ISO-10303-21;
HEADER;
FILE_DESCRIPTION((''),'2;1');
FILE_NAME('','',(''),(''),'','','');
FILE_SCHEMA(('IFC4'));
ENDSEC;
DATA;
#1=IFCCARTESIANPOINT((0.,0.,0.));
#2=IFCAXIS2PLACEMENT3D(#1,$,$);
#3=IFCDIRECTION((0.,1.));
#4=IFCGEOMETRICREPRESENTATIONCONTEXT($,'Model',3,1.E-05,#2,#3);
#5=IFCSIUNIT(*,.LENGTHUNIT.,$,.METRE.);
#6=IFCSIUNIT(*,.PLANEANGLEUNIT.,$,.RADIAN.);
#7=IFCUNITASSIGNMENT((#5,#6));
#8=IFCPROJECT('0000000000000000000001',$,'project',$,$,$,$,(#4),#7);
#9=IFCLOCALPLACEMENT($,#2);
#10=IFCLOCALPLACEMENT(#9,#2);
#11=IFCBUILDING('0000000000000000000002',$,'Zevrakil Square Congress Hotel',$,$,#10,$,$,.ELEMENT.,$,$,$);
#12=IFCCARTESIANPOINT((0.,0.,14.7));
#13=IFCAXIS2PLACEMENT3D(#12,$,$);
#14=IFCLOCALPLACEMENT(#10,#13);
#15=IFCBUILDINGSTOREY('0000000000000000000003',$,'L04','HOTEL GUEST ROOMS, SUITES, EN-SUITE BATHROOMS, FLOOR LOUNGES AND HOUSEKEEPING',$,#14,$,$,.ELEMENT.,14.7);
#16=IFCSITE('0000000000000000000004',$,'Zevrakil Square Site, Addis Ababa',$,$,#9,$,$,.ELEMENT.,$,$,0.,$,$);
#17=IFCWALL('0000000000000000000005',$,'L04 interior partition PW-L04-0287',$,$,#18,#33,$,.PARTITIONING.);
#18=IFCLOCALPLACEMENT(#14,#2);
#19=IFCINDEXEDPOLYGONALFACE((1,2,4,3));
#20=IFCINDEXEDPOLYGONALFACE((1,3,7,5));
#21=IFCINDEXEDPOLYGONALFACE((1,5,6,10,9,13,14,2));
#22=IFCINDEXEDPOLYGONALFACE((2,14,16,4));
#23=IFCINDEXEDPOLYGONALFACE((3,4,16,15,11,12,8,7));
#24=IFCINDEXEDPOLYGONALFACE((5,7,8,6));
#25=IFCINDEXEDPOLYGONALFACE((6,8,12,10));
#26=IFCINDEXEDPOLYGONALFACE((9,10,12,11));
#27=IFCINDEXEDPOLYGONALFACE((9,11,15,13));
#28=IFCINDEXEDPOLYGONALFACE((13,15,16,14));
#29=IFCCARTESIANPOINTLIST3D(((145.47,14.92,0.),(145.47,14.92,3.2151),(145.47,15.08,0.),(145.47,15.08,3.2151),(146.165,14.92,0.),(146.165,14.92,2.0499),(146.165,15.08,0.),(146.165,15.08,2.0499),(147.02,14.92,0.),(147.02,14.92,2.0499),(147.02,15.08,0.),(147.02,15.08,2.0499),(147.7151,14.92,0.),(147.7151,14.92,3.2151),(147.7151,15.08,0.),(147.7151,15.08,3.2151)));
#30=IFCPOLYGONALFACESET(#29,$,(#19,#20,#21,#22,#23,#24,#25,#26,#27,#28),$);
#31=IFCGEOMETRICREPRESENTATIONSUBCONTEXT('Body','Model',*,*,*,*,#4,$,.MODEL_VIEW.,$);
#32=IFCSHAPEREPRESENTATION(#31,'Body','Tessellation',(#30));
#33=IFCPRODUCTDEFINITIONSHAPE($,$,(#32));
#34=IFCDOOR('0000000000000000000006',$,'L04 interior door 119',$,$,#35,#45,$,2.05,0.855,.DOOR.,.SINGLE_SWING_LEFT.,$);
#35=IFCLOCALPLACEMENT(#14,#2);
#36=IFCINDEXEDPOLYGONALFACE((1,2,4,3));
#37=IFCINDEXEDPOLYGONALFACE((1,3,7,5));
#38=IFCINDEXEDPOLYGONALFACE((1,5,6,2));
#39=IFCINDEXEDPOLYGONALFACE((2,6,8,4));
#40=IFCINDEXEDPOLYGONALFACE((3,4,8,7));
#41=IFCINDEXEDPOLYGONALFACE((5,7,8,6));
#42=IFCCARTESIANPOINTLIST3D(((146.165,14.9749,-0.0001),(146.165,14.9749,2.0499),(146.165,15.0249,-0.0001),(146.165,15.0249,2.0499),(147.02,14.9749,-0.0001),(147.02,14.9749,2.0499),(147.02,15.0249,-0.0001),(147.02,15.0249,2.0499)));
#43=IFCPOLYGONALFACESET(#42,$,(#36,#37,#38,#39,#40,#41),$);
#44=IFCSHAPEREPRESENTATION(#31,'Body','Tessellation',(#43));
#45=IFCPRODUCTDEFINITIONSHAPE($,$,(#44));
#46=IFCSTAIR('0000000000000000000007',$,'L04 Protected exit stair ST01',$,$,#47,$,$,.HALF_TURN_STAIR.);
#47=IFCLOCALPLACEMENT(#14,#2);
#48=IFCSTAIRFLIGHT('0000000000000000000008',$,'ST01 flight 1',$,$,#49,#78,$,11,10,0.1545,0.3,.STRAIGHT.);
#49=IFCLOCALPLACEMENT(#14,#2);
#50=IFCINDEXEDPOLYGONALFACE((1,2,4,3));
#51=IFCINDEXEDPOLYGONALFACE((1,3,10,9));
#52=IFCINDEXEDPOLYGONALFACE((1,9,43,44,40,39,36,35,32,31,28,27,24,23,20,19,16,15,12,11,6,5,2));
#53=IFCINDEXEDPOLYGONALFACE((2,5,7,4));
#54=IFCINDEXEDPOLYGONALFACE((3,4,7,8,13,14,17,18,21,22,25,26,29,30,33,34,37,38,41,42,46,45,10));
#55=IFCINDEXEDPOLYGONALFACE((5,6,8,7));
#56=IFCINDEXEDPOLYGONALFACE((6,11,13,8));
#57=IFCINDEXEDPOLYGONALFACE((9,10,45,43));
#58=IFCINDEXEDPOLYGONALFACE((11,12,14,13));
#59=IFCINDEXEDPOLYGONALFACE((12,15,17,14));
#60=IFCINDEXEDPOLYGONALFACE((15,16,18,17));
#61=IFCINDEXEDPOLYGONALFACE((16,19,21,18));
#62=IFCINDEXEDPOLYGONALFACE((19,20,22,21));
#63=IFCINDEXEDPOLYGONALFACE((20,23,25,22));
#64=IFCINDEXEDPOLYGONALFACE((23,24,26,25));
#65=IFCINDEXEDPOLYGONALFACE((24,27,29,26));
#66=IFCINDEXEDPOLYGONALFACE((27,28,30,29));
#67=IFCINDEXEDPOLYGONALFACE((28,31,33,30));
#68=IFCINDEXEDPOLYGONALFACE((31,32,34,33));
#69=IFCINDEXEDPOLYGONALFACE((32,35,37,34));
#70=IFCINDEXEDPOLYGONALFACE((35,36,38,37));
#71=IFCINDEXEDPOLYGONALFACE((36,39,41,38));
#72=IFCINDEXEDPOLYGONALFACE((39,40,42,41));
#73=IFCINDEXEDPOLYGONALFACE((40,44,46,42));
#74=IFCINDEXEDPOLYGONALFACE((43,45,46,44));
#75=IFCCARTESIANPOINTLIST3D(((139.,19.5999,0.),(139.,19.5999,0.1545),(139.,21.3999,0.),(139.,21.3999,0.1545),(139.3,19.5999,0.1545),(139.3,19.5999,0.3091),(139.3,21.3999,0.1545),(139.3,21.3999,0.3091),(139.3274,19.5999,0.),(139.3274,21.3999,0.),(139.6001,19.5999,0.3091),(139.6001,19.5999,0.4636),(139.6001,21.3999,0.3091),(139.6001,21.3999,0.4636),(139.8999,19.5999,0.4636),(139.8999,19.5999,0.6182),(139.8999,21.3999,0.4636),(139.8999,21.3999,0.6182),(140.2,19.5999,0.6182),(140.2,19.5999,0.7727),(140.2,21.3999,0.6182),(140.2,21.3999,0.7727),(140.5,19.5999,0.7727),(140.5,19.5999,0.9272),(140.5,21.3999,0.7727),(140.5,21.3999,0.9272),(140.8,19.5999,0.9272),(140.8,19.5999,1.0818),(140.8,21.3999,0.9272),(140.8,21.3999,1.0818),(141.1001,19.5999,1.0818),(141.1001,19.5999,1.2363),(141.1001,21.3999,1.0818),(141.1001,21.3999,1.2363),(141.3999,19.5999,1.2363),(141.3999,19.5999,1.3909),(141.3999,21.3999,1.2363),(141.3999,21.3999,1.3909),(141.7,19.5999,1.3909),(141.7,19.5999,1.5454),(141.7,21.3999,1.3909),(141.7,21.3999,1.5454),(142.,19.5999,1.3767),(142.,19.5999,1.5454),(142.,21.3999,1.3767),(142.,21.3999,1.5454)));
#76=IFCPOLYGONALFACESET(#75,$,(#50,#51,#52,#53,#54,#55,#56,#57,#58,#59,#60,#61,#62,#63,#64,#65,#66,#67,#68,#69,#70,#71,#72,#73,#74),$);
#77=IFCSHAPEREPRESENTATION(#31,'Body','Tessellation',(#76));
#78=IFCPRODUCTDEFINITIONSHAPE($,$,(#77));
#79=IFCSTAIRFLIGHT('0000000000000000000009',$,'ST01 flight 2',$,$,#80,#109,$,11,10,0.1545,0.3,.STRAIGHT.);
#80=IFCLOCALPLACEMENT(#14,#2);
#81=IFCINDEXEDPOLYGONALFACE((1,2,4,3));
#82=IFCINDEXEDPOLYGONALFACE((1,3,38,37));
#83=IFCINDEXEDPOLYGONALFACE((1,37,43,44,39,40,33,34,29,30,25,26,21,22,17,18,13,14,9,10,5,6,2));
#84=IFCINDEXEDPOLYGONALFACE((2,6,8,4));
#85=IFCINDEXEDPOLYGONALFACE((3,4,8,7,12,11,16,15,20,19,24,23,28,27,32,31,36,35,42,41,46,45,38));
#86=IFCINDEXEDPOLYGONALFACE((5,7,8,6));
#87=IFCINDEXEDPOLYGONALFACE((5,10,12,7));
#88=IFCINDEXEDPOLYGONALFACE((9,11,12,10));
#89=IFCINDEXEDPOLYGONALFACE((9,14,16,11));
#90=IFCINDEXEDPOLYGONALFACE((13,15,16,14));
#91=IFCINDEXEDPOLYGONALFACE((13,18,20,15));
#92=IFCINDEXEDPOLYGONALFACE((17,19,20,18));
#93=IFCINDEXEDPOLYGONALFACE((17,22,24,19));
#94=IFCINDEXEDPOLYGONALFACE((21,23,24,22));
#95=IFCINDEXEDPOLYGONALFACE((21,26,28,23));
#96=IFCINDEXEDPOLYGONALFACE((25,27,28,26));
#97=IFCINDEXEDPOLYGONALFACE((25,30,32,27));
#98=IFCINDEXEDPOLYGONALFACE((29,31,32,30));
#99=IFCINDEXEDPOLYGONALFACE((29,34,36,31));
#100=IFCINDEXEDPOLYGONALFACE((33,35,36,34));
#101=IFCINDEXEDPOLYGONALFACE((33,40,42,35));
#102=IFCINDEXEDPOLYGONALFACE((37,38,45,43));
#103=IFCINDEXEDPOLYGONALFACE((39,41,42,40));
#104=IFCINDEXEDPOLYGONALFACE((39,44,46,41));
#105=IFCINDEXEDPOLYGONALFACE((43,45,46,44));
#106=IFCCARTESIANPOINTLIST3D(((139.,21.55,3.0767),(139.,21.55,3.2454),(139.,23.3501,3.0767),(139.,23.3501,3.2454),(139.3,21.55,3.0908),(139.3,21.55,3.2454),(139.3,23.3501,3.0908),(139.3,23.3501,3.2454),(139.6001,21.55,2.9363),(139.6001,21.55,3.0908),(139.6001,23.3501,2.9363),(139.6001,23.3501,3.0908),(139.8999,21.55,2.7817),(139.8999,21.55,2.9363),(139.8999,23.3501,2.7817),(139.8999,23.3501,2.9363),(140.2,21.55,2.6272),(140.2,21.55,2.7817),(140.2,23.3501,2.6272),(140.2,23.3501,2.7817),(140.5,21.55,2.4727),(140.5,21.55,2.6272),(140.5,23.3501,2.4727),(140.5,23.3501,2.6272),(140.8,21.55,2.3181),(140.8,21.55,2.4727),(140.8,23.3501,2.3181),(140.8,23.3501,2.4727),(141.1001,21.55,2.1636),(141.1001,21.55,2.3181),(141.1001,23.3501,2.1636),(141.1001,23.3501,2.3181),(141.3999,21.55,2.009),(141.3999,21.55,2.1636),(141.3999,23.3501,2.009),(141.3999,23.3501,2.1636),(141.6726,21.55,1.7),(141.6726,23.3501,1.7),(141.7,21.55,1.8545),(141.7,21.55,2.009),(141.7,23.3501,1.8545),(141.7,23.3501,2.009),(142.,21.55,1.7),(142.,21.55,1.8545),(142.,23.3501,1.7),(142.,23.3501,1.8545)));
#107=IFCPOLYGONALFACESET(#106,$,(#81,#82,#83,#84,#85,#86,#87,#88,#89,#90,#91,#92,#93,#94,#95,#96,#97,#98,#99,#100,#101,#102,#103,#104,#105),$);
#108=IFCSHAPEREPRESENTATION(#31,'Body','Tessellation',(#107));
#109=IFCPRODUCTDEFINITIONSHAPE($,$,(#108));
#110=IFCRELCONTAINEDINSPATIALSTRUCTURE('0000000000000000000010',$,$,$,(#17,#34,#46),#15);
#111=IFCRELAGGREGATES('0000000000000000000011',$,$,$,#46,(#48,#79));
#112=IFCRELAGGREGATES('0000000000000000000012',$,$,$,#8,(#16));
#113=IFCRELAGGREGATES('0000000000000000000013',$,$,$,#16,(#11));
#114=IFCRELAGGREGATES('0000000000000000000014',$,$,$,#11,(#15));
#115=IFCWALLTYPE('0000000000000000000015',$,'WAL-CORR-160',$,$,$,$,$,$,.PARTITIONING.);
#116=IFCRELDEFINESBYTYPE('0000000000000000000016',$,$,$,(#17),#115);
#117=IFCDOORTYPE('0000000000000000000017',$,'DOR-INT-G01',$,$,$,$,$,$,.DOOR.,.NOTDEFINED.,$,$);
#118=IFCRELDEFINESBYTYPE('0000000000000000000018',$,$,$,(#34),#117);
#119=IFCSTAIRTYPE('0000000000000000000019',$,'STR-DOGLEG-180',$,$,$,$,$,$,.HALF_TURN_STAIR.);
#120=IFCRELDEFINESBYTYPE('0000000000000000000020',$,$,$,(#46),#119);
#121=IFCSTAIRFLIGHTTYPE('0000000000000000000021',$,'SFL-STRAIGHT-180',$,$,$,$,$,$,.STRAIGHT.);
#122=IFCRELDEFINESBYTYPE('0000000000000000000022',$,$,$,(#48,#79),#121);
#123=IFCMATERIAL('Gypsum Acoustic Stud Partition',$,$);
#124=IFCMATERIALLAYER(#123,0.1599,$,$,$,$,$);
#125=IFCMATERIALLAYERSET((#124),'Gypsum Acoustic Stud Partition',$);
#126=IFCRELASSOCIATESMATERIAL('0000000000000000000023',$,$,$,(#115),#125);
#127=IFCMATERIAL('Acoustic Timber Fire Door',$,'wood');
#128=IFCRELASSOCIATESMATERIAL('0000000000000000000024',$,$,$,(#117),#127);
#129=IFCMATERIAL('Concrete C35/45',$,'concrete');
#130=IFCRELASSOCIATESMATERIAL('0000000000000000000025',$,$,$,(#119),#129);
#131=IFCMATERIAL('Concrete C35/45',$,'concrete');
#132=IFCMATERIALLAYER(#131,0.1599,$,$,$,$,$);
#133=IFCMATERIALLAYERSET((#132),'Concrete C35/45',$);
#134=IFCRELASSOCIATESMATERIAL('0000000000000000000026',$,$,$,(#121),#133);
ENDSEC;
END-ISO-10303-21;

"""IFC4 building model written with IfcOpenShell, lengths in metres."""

from ifc_helpers import new_model, si_unit, direction, frame, frame_2d, origin, place, context, subcontext, project, spatial, polyline, rectangle, outline, extrude, material, layer, layer_set, type_object, element, fill, aggregate, save


model = new_model("IFC4")

# Units and contexts
model_context = context("Model", 3, precision=1e-05, world=origin(), true_north=direction((0.0, 1.0)))
body_context = subcontext(model_context, "Body", "Model", "MODEL_VIEW")
ifc_project = project(units=[si_unit("LENGTHUNIT", "METRE"), si_unit("PLANEANGLEUNIT", "RADIAN")], contexts=[model_context])

# Site, building, storey
site_placement = place(None, origin())
site = spatial("IfcSite", under=ifc_project, at=site_placement, Name="Zevrakil Square Site, Addis Ababa", CompositionType="ELEMENT", RefElevation=0.0)
building_placement = place(site_placement, origin())
building = spatial("IfcBuilding", under=site, at=building_placement, Name="Zevrakil Square Congress Hotel", CompositionType="ELEMENT")
storey_placement = place(building_placement, frame((0.0, 0.0, 14.7)))
storey = spatial("IfcBuildingStorey", under=building, at=storey_placement, Name="L04", Description="HOTEL GUEST ROOMS, SUITES, EN-SUITE BATHROOMS, FLOOR LOUNGES AND HOUSEKEEPING", CompositionType="ELEMENT", Elevation=14.7)

# Shared definitions
ifc_material_1 = material(Name="Gypsum Acoustic Stud Partition")
ifc_layer_1 = layer(ifc_material_1, 0.1599)
ifc_layer_set_1 = layer_set([ifc_layer_1], Name="Gypsum Acoustic Stud Partition")
wall_type = type_object("IfcWallType", Name="WAL-CORR-160", PredefinedType="PARTITIONING", material=ifc_layer_set_1)

# Wall, opening, door
wall_1_placement = place(storey_placement, frame((145.47, 15.0, 0.0), z_axis=(0.0, 0.0, 1.0), x_axis=(1.0, 0.0, 0.0)))
wall_1 = element("IfcWall", 1, at=wall_1_placement, inside=storey, type_object=wall_type, Name="L04 interior partition PW-L04-0287", PredefinedType="PARTITIONING", context=body_context, shape_type="SweptSolid", body=[
    extrude(rectangle(XDim=2.2451, YDim=0.1599, at=frame_2d((1.1226, 0.0))), origin(), (0.0, 0.0, 1.0), 3.2151),
])
opening_1_placement = place(wall_1_placement, frame((0.6951, 0.0, 0.0)))
opening_1 = element("IfcOpeningElement", 2, at=opening_1_placement, cuts=wall_1, PredefinedType="OPENING", context=body_context, shape_type="SweptSolid", body=[
    extrude(rectangle(XDim=0.855, YDim=2.05, at=frame_2d((0.4275, 1.0249))), frame((0.0, 0.0898, 0.0), z_axis=(0.0, -1.0, 0.0), x_axis=(1.0, 0.0, 0.0)), (0.0, 0.0, 1.0), 0.1799),
])
ifc_material_2 = material(Name="Acoustic Timber Fire Door", Category="wood")
door_type_1 = type_object("IfcDoorType", Name="DOR-INT-G01", OperationType="NOTDEFINED", PredefinedType="DOOR", material=ifc_material_2)
door_1_placement = place(opening_1_placement, origin())
door_1 = element("IfcDoor", 3, at=door_1_placement, inside=storey, type_object=door_type_1, Name="L04 interior door 119", OperationType="SINGLE_SWING_LEFT", OverallHeight=2.05, OverallWidth=0.855, PredefinedType="DOOR", context=body_context, shape_type="SweptSolid", body=[
    extrude(rectangle(XDim=0.855, YDim=2.05, at=frame_2d((0.4275, 1.0249))), frame((0.0, 0.0249, 0.0), z_axis=(0.0, -1.0, 0.0), x_axis=(1.0, 0.0, 0.0)), (0.0, 0.0, 1.0), 0.05),
])
fill(opening_1, door_1)

# Stair, stair flights
ifc_material_3 = material(Name="Concrete C35/45", Category="concrete")
stair_type = type_object("IfcStairType", Name="STR-DOGLEG-180", PredefinedType="HALF_TURN_STAIR", material=ifc_material_3)
stair_placement = place(storey_placement, origin())
stair = element("IfcStair", 4, at=stair_placement, inside=storey, type_object=stair_type, Name="L04 Protected exit stair ST01", PredefinedType="HALF_TURN_STAIR")
ifc_material_4 = material(Name="Concrete C35/45", Category="concrete")
ifc_layer_2 = layer(ifc_material_4, 0.1599)
ifc_layer_set_2 = layer_set([ifc_layer_2], Name="Concrete C35/45")
stair_flight_type = type_object("IfcStairFlightType", Name="SFL-STRAIGHT-180", PredefinedType="STRAIGHT", material=ifc_layer_set_2)
stair_flight_1_placement = place(storey_placement, frame((139.0, 20.5, 0.0), z_axis=(0.0, 0.0, 1.0), x_axis=(1.0, 0.0, 0.0)))
stair_flight_1 = element("IfcStairFlight", 5, at=stair_flight_1_placement, type_object=stair_flight_type, Name="ST01 flight 1", NumberOfRisers=11, NumberOfTreads=10, PredefinedType="STRAIGHT", RiserHeight=0.1545, TreadLength=0.3, context=body_context, shape_type="SweptSolid", body=[
    extrude(outline(polyline([(0.0, 0.0), (0.0, 0.1545), (0.3, 0.1545), (0.3, 0.3091), (0.6001, 0.3091), (0.6001, 0.4636), (0.8999, 0.4636), (0.8999, 0.6182), (1.2, 0.6182), (1.2, 0.7727), (1.5, 0.7727), (1.5, 0.9272), (1.8, 0.9272), (1.8, 1.0818), (2.1001, 1.0818), (2.1001, 1.2363), (2.3999, 1.2363), (2.3999, 1.3909), (2.7, 1.3909), (2.7, 1.5454), (3.0, 1.5454), (3.0, 1.7), (3.0, 1.3767), (0.3274, 0.0), (0.0, 0.0)])), frame((0.0, 0.8999, 0.0), z_axis=(0.0, -1.0, 0.0), x_axis=(1.0, 0.0, 0.0)), (0.0, 0.0, 1.0), 1.8),
])
stair_flight_2_placement = place(storey_placement, frame((142.0, 22.45, 1.7), z_axis=(0.0, 0.0, 1.0), x_axis=(-1.0, 0.0, 0.0)))
stair_flight_2 = element("IfcStairFlight", 6, at=stair_flight_2_placement, type_object=stair_flight_type, Name="ST01 flight 2", NumberOfRisers=11, NumberOfTreads=10, PredefinedType="STRAIGHT", RiserHeight=0.1545, TreadLength=0.3, context=body_context, shape_type="SweptSolid", body=[
    extrude(outline(polyline([(0.0, 0.0), (0.0, 0.1545), (0.3, 0.1545), (0.3, 0.3091), (0.6001, 0.3091), (0.6001, 0.4636), (0.8999, 0.4636), (0.8999, 0.6182), (1.2, 0.6182), (1.2, 0.7727), (1.5, 0.7727), (1.5, 0.9272), (1.8, 0.9272), (1.8, 1.0818), (2.1001, 1.0818), (2.1001, 1.2363), (2.3999, 1.2363), (2.3999, 1.3909), (2.7, 1.3909), (2.7, 1.5454), (3.0, 1.5454), (3.0, 1.7), (3.0, 1.3767), (0.3274, 0.0), (0.0, 0.0)])), frame((0.0, 0.8999, 0.0), z_axis=(0.0, -1.0, 0.0), x_axis=(1.0, 0.0, 0.0)), (0.0, 0.0, 1.0), 1.8),
])
aggregate(stair, [stair_flight_1, stair_flight_2])

save(model, "model.ifc")
